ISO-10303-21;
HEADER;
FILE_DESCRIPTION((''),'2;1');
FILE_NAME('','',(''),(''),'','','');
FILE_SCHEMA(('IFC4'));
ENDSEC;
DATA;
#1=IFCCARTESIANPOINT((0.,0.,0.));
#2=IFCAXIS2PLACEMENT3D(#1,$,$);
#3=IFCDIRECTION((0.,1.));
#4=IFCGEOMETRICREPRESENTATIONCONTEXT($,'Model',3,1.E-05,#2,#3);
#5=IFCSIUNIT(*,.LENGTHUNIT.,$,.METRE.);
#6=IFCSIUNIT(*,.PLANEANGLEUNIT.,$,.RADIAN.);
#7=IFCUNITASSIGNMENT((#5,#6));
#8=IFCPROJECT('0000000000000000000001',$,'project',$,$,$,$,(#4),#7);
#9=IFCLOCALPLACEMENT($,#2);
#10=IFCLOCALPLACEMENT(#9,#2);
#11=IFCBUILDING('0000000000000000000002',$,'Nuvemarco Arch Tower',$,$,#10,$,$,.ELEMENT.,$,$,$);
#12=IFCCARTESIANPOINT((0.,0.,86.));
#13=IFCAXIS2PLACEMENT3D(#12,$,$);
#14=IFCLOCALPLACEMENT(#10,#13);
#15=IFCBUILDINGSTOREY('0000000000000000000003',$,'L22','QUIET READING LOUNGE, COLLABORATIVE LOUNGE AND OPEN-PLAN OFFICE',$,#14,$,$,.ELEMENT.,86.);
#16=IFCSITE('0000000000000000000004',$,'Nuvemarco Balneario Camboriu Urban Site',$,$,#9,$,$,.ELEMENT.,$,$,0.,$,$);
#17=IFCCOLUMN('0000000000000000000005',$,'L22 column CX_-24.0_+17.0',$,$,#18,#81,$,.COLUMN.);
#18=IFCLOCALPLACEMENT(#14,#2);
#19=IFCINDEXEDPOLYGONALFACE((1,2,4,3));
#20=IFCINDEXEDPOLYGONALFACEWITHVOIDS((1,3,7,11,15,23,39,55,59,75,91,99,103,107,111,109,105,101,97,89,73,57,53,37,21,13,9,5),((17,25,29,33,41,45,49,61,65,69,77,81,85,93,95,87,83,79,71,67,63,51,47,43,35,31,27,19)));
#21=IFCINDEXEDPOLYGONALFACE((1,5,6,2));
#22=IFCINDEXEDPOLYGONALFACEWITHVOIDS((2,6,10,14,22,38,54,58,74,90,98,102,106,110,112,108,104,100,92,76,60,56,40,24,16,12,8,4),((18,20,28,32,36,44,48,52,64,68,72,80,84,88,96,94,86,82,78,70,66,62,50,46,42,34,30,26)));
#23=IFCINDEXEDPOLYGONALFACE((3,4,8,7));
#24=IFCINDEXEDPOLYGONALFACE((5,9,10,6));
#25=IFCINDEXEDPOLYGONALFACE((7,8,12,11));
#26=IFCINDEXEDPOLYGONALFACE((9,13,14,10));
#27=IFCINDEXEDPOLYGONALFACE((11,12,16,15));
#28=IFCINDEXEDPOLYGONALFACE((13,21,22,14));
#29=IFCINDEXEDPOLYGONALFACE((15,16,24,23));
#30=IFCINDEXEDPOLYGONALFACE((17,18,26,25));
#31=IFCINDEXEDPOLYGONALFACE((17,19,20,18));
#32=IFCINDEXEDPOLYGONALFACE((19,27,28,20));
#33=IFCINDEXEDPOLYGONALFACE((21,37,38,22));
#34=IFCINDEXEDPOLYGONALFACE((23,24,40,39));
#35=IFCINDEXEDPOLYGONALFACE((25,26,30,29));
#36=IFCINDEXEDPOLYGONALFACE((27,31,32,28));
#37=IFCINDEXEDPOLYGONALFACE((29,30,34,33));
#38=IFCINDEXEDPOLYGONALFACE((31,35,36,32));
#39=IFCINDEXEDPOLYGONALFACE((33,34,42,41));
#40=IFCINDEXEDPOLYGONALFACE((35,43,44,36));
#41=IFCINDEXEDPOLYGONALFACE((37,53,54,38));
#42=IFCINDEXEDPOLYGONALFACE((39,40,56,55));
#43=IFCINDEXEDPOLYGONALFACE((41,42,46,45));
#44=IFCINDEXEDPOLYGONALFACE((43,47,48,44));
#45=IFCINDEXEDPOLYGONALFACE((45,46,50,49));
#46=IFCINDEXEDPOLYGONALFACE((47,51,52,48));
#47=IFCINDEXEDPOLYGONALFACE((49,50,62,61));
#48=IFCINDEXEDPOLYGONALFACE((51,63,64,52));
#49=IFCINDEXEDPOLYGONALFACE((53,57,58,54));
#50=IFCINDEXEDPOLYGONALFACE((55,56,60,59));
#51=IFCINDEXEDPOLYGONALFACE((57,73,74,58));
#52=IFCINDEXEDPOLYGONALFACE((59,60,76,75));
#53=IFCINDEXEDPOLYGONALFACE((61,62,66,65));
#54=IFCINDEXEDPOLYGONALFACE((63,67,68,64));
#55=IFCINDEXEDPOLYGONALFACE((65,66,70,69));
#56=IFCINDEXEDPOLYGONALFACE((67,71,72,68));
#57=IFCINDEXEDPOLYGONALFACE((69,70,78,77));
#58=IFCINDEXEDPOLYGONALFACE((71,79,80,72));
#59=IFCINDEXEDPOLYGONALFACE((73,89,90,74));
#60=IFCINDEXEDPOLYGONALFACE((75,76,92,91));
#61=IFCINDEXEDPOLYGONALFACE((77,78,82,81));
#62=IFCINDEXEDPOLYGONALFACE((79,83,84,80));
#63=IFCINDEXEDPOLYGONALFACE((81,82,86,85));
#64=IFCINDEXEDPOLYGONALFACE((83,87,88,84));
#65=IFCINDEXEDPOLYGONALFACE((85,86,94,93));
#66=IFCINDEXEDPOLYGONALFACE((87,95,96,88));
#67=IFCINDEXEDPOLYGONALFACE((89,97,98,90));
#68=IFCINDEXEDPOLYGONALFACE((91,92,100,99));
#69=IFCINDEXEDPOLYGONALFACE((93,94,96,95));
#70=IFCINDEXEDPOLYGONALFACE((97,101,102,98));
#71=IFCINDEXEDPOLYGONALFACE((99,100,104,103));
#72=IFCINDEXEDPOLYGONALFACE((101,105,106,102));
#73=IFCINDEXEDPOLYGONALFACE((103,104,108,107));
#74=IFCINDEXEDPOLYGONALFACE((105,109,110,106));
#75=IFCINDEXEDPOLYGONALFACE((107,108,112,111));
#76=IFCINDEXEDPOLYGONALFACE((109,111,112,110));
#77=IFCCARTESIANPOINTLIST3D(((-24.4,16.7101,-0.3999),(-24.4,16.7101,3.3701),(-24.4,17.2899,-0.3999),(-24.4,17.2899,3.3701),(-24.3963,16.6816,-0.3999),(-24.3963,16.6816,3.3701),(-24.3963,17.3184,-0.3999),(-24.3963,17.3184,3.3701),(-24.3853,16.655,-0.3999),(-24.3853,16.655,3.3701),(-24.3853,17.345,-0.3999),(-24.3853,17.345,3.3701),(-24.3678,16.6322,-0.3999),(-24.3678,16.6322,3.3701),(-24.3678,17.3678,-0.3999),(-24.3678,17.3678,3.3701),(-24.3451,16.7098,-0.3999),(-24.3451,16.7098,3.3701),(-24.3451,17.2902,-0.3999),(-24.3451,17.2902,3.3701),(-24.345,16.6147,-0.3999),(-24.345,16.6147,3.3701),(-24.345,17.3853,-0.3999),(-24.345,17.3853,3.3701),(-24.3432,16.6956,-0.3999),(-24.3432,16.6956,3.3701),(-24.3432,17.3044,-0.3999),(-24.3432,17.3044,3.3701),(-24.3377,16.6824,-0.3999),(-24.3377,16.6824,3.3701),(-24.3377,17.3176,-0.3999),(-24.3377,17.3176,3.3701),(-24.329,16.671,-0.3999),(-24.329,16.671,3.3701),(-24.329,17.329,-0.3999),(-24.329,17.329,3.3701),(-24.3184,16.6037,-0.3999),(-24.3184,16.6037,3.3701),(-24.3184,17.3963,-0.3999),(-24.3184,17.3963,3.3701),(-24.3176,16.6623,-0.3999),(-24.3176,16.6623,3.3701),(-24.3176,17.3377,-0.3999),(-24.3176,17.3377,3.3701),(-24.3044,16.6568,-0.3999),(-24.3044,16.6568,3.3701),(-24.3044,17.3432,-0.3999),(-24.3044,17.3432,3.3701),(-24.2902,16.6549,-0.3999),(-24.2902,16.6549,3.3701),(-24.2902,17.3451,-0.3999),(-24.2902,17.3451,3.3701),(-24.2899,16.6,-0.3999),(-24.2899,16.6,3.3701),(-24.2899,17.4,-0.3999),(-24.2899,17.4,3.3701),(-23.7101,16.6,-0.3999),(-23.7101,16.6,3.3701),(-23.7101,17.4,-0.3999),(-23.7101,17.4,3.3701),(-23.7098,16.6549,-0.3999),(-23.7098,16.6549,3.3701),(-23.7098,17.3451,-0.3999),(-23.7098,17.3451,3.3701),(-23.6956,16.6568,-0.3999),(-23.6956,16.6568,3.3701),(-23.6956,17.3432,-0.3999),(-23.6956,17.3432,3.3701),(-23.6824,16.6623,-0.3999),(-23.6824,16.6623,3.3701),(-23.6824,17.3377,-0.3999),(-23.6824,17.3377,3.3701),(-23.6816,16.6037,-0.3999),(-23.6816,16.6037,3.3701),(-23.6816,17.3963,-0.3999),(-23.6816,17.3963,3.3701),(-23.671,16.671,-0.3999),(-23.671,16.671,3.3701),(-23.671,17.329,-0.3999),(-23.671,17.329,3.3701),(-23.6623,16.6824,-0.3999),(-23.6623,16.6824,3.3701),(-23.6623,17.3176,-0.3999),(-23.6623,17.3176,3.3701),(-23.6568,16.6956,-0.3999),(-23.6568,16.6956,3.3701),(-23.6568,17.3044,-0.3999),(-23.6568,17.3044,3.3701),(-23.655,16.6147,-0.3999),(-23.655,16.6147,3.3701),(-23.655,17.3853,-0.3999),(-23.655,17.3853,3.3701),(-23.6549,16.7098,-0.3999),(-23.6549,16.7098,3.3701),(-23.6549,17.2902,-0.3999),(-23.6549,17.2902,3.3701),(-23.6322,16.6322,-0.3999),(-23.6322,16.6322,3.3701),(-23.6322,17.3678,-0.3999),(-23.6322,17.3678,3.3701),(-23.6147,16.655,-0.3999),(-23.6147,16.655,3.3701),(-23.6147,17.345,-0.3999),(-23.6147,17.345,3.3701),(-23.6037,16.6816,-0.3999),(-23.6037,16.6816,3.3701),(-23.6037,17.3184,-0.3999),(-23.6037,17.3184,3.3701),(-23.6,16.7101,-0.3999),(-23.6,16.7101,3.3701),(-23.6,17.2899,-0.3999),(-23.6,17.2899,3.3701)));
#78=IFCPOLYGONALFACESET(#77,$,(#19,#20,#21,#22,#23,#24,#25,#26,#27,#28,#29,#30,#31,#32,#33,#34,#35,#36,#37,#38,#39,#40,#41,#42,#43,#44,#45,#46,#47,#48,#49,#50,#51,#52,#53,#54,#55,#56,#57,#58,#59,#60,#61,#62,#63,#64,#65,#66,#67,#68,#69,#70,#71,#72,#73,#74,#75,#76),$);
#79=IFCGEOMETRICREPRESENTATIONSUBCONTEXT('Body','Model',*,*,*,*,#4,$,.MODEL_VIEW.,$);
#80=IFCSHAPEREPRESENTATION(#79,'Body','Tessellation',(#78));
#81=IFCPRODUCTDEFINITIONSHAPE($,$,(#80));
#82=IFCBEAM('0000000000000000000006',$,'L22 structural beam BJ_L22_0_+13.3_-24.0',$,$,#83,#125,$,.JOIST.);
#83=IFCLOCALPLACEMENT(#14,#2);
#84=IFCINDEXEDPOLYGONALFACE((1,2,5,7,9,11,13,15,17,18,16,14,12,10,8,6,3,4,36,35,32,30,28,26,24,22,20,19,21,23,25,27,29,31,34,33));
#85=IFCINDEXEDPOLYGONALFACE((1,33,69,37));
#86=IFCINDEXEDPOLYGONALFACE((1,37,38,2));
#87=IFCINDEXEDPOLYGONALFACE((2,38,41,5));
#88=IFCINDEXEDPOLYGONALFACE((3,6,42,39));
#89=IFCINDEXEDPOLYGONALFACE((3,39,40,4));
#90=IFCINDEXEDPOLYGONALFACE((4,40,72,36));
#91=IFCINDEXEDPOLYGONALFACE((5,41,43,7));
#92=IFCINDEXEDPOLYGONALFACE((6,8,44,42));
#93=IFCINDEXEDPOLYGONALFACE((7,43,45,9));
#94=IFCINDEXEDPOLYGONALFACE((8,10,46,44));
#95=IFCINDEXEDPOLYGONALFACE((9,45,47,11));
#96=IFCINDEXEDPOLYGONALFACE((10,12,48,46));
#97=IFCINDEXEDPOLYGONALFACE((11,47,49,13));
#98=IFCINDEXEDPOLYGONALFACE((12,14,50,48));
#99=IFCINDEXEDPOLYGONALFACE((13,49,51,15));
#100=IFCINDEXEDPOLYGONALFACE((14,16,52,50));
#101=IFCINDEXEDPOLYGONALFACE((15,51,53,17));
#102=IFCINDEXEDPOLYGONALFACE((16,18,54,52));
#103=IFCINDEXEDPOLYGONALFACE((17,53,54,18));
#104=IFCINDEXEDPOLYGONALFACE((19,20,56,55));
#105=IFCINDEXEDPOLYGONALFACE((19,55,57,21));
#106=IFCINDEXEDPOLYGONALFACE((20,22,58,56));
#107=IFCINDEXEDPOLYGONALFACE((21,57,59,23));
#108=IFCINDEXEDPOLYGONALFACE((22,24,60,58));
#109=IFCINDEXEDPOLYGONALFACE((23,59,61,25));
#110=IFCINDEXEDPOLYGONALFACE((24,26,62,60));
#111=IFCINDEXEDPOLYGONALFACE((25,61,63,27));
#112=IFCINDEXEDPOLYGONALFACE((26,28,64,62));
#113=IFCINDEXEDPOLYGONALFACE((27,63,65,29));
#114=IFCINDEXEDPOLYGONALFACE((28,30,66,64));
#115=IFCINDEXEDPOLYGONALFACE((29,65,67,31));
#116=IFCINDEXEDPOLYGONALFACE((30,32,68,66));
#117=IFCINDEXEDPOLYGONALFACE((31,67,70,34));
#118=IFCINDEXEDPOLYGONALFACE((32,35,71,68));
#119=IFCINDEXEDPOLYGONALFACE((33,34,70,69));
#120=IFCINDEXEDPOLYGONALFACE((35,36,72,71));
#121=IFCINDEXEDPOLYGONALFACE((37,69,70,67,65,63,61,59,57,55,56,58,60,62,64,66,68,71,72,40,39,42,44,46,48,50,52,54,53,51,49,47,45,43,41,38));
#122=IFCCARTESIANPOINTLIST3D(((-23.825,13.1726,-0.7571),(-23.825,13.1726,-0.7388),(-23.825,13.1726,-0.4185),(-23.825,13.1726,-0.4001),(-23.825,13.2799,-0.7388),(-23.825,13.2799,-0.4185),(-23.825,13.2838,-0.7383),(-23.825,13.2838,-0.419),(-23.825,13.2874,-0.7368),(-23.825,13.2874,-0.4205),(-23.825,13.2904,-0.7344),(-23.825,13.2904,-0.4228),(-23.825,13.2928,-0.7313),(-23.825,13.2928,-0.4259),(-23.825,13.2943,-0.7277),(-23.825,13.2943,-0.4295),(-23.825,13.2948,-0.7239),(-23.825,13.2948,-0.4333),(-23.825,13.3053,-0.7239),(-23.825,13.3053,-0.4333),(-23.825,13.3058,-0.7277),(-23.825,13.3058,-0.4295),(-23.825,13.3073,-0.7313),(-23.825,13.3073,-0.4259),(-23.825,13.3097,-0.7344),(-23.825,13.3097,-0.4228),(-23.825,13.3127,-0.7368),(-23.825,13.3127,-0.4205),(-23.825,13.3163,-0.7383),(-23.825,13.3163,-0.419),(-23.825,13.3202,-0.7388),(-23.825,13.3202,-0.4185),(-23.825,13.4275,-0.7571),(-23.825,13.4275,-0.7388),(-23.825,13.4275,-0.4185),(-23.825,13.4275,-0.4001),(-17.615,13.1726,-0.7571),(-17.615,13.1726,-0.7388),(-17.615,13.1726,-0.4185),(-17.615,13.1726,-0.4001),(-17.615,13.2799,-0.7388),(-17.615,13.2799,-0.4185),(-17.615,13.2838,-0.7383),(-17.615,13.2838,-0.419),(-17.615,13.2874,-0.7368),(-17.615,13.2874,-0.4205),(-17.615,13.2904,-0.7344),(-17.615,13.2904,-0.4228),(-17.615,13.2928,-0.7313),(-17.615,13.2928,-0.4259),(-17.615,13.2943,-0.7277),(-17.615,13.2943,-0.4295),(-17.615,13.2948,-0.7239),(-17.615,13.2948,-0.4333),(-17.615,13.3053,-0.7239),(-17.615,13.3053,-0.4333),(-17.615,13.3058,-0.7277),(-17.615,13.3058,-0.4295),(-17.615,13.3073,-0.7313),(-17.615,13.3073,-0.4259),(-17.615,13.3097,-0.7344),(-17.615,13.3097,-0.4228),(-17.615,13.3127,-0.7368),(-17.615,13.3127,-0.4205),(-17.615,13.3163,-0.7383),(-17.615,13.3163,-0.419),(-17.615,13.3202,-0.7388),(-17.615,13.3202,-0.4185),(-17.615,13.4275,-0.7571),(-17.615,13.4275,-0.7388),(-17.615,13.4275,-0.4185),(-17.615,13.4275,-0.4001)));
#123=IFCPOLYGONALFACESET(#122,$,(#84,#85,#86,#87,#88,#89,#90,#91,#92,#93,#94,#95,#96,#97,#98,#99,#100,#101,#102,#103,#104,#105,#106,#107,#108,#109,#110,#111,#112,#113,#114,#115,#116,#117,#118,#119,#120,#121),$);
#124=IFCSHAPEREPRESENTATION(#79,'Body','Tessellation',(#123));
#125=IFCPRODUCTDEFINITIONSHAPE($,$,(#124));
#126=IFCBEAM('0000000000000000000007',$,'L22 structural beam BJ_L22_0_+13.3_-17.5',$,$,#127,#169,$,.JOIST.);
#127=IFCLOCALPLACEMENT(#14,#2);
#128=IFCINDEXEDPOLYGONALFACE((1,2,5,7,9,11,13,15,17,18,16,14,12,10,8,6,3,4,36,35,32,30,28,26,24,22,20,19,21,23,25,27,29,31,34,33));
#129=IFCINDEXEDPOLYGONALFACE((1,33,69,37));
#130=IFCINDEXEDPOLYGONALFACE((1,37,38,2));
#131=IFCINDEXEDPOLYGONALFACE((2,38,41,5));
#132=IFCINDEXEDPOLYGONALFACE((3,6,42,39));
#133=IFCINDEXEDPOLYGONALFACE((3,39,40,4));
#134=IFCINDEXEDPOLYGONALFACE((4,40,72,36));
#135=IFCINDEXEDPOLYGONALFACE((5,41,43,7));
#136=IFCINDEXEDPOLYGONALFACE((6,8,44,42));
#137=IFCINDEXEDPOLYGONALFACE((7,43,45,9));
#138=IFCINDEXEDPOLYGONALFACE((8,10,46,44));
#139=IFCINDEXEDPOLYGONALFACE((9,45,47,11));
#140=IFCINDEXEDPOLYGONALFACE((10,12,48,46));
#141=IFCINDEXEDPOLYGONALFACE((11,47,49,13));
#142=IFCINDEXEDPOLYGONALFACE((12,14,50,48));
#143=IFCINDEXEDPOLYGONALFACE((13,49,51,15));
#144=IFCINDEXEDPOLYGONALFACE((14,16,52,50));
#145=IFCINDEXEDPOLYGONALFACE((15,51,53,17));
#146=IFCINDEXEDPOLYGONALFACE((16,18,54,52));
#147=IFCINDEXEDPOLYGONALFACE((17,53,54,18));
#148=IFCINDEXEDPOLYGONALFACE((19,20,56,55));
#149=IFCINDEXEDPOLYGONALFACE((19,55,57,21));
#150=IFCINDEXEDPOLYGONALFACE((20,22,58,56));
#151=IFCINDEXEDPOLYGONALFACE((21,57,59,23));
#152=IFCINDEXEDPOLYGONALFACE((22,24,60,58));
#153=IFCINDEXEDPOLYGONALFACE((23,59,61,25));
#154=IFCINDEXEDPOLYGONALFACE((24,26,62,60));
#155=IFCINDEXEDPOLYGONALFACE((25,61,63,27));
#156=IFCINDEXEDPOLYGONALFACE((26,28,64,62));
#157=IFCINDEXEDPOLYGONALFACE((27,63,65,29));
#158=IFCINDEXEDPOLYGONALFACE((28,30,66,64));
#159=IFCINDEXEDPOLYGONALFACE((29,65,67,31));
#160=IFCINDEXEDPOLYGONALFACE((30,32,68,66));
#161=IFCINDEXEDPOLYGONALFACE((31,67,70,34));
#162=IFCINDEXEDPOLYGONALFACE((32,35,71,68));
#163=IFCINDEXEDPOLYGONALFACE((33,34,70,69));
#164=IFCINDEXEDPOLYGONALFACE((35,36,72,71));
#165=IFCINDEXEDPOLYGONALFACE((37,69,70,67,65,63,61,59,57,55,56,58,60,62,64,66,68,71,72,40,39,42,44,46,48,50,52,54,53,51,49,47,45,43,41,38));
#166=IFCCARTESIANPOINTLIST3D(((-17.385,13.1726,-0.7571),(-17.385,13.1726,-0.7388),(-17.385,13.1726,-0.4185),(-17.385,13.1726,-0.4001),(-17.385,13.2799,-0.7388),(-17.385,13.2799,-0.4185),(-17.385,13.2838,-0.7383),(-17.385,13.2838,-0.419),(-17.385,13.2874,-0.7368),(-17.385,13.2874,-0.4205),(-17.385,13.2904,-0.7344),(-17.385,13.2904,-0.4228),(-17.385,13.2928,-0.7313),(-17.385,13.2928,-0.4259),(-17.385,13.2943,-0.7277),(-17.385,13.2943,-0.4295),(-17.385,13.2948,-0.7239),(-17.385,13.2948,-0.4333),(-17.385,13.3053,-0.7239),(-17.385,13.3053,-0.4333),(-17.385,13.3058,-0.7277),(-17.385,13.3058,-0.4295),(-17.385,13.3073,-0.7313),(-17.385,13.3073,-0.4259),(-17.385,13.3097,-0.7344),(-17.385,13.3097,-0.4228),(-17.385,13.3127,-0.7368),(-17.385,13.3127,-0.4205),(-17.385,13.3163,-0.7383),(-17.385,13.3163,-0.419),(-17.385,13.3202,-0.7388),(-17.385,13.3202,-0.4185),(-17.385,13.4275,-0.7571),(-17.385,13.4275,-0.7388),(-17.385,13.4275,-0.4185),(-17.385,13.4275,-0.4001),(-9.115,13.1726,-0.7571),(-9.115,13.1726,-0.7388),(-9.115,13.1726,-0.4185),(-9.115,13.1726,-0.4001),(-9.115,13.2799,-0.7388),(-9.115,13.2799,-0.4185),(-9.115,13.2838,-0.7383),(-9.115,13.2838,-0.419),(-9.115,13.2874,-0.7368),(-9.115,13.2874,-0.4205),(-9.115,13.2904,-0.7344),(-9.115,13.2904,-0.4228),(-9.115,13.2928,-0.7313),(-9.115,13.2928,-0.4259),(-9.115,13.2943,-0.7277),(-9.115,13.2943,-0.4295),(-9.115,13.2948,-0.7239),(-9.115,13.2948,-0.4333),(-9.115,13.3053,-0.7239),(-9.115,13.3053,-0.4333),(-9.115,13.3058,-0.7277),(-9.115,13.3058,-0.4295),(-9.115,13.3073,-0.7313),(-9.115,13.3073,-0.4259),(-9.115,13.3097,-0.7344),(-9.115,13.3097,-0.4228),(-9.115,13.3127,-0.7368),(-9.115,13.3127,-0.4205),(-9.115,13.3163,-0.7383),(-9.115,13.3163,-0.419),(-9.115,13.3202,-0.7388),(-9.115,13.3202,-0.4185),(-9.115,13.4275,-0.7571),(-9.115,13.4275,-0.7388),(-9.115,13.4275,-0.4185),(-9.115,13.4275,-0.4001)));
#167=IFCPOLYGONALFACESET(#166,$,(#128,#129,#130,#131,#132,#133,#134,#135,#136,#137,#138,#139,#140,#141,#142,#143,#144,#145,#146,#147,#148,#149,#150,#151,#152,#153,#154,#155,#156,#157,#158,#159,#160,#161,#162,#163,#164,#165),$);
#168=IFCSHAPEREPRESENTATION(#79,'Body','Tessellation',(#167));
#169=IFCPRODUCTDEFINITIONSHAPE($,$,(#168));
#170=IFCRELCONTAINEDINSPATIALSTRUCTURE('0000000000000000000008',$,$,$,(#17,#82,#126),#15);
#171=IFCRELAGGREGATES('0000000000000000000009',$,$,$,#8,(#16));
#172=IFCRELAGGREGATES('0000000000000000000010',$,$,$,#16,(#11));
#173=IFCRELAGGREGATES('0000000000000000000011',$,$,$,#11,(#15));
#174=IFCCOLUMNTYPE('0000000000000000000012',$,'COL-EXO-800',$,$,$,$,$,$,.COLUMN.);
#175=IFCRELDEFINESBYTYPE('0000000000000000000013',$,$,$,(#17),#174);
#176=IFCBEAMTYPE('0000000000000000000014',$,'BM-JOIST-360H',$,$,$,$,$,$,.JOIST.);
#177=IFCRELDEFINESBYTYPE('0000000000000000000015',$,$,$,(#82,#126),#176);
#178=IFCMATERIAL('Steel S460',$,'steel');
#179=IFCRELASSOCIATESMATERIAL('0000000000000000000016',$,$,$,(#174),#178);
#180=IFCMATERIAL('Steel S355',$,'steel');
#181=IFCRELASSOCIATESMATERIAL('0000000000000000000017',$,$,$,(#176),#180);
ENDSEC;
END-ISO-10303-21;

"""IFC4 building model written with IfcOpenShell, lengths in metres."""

from ifc_helpers import new_model, si_unit, direction, frame, origin, origin_2d, place, context, subcontext, project, spatial, hollow_rectangle, i_section, extrude, material, material_profile, profile_set, type_object, element, save


model = new_model("IFC4")

# Units and contexts
model_context = context("Model", 3, precision=1e-05, world=origin(), true_north=direction((0.0, 1.0)))
body_context = subcontext(model_context, "Body", "Model", "MODEL_VIEW")
ifc_project = project(units=[si_unit("LENGTHUNIT", "METRE"), si_unit("PLANEANGLEUNIT", "RADIAN")], contexts=[model_context])

# Site, building, storey
site_placement = place(None, origin())
site = spatial("IfcSite", under=ifc_project, at=site_placement, Name="Nuvemarco Balneario Camboriu Urban Site", CompositionType="ELEMENT", RefElevation=0.0)
building_placement = place(site_placement, origin())
building = spatial("IfcBuilding", under=site, at=building_placement, Name="Nuvemarco Arch Tower", CompositionType="ELEMENT")
storey_placement = place(building_placement, frame((0.0, 0.0, 86.0)))
storey = spatial("IfcBuildingStorey", under=building, at=storey_placement, Name="L22", Description="QUIET READING LOUNGE, COLLABORATIVE LOUNGE AND OPEN-PLAN OFFICE", CompositionType="ELEMENT", Elevation=86.0)

# Column
ifc_material_1 = material(Name="Steel S460", Category="steel")
ifc_material_profile_1 = material_profile(ifc_material_1, hollow_rectangle(XDim=0.8, YDim=0.8, WallThickness=0.0549, InnerFilletRadius=0.0549, OuterFilletRadius=0.1101, at=origin_2d()), Name="SHS800x800x55")
ifc_profile_set_1 = profile_set([ifc_material_profile_1], Name="Steel S460")
column_type = type_object("IfcColumnType", Name="COL-EXO-800", PredefinedType="COLUMN", material=ifc_profile_set_1)
column_placement = place(storey_placement, frame((-24.0, 17.0, -0.3999), z_axis=(0.0, 0.0, 1.0), x_axis=(1.0, 0.0, 0.0)))
element("IfcColumn", 1, at=column_placement, inside=storey, type_object=column_type, Name="L22 column CX_-24.0_+17.0", PredefinedType="COLUMN", context=body_context, shape_type="SweptSolid", body=[
    extrude(hollow_rectangle(XDim=0.8, YDim=0.8, WallThickness=0.0549, InnerFilletRadius=0.0549, OuterFilletRadius=0.1101, at=origin_2d()), origin(), (0.0, 0.0, 1.0), 3.77),
])

# Beams
ifc_material_2 = material(Name="Steel S355", Category="steel")
ifc_material_profile_2 = material_profile(ifc_material_2, i_section(OverallWidth=0.2549, OverallDepth=0.3569, WebThickness=0.0105, FlangeThickness=0.0183, FilletRadius=0.0149, at=origin_2d()), Name="W360x101")
ifc_profile_set_2 = profile_set([ifc_material_profile_2], Name="Steel S355")
beam_type = type_object("IfcBeamType", Name="BM-JOIST-360H", PredefinedType="JOIST", material=ifc_profile_set_2)
beam_1_placement = place(storey_placement, frame((-23.825, 13.3, -0.5786), z_axis=(1.0, 0.0, 0.0), x_axis=(0.0, 1.0, 0.0)))
element("IfcBeam", 2, at=beam_1_placement, inside=storey, type_object=beam_type, Name="L22 structural beam BJ_L22_0_+13.3_-24.0", PredefinedType="JOIST", context=body_context, shape_type="SweptSolid", body=[
    extrude(i_section(OverallWidth=0.2549, OverallDepth=0.3569, WebThickness=0.0105, FlangeThickness=0.0183, FilletRadius=0.0149, at=origin_2d()), origin(), (0.0, 0.0, 1.0), 6.21),
])
beam_2_placement = place(storey_placement, frame((-17.385, 13.3, -0.5786), z_axis=(1.0, 0.0, 0.0), x_axis=(0.0, 1.0, 0.0)))
element("IfcBeam", 3, at=beam_2_placement, inside=storey, type_object=beam_type, Name="L22 structural beam BJ_L22_0_+13.3_-17.5", PredefinedType="JOIST", context=body_context, shape_type="SweptSolid", body=[
    extrude(i_section(OverallWidth=0.2549, OverallDepth=0.3569, WebThickness=0.0105, FlangeThickness=0.0183, FilletRadius=0.0149, at=origin_2d()), origin(), (0.0, 0.0, 1.0), 8.27),
])

save(model, "model.ifc")
